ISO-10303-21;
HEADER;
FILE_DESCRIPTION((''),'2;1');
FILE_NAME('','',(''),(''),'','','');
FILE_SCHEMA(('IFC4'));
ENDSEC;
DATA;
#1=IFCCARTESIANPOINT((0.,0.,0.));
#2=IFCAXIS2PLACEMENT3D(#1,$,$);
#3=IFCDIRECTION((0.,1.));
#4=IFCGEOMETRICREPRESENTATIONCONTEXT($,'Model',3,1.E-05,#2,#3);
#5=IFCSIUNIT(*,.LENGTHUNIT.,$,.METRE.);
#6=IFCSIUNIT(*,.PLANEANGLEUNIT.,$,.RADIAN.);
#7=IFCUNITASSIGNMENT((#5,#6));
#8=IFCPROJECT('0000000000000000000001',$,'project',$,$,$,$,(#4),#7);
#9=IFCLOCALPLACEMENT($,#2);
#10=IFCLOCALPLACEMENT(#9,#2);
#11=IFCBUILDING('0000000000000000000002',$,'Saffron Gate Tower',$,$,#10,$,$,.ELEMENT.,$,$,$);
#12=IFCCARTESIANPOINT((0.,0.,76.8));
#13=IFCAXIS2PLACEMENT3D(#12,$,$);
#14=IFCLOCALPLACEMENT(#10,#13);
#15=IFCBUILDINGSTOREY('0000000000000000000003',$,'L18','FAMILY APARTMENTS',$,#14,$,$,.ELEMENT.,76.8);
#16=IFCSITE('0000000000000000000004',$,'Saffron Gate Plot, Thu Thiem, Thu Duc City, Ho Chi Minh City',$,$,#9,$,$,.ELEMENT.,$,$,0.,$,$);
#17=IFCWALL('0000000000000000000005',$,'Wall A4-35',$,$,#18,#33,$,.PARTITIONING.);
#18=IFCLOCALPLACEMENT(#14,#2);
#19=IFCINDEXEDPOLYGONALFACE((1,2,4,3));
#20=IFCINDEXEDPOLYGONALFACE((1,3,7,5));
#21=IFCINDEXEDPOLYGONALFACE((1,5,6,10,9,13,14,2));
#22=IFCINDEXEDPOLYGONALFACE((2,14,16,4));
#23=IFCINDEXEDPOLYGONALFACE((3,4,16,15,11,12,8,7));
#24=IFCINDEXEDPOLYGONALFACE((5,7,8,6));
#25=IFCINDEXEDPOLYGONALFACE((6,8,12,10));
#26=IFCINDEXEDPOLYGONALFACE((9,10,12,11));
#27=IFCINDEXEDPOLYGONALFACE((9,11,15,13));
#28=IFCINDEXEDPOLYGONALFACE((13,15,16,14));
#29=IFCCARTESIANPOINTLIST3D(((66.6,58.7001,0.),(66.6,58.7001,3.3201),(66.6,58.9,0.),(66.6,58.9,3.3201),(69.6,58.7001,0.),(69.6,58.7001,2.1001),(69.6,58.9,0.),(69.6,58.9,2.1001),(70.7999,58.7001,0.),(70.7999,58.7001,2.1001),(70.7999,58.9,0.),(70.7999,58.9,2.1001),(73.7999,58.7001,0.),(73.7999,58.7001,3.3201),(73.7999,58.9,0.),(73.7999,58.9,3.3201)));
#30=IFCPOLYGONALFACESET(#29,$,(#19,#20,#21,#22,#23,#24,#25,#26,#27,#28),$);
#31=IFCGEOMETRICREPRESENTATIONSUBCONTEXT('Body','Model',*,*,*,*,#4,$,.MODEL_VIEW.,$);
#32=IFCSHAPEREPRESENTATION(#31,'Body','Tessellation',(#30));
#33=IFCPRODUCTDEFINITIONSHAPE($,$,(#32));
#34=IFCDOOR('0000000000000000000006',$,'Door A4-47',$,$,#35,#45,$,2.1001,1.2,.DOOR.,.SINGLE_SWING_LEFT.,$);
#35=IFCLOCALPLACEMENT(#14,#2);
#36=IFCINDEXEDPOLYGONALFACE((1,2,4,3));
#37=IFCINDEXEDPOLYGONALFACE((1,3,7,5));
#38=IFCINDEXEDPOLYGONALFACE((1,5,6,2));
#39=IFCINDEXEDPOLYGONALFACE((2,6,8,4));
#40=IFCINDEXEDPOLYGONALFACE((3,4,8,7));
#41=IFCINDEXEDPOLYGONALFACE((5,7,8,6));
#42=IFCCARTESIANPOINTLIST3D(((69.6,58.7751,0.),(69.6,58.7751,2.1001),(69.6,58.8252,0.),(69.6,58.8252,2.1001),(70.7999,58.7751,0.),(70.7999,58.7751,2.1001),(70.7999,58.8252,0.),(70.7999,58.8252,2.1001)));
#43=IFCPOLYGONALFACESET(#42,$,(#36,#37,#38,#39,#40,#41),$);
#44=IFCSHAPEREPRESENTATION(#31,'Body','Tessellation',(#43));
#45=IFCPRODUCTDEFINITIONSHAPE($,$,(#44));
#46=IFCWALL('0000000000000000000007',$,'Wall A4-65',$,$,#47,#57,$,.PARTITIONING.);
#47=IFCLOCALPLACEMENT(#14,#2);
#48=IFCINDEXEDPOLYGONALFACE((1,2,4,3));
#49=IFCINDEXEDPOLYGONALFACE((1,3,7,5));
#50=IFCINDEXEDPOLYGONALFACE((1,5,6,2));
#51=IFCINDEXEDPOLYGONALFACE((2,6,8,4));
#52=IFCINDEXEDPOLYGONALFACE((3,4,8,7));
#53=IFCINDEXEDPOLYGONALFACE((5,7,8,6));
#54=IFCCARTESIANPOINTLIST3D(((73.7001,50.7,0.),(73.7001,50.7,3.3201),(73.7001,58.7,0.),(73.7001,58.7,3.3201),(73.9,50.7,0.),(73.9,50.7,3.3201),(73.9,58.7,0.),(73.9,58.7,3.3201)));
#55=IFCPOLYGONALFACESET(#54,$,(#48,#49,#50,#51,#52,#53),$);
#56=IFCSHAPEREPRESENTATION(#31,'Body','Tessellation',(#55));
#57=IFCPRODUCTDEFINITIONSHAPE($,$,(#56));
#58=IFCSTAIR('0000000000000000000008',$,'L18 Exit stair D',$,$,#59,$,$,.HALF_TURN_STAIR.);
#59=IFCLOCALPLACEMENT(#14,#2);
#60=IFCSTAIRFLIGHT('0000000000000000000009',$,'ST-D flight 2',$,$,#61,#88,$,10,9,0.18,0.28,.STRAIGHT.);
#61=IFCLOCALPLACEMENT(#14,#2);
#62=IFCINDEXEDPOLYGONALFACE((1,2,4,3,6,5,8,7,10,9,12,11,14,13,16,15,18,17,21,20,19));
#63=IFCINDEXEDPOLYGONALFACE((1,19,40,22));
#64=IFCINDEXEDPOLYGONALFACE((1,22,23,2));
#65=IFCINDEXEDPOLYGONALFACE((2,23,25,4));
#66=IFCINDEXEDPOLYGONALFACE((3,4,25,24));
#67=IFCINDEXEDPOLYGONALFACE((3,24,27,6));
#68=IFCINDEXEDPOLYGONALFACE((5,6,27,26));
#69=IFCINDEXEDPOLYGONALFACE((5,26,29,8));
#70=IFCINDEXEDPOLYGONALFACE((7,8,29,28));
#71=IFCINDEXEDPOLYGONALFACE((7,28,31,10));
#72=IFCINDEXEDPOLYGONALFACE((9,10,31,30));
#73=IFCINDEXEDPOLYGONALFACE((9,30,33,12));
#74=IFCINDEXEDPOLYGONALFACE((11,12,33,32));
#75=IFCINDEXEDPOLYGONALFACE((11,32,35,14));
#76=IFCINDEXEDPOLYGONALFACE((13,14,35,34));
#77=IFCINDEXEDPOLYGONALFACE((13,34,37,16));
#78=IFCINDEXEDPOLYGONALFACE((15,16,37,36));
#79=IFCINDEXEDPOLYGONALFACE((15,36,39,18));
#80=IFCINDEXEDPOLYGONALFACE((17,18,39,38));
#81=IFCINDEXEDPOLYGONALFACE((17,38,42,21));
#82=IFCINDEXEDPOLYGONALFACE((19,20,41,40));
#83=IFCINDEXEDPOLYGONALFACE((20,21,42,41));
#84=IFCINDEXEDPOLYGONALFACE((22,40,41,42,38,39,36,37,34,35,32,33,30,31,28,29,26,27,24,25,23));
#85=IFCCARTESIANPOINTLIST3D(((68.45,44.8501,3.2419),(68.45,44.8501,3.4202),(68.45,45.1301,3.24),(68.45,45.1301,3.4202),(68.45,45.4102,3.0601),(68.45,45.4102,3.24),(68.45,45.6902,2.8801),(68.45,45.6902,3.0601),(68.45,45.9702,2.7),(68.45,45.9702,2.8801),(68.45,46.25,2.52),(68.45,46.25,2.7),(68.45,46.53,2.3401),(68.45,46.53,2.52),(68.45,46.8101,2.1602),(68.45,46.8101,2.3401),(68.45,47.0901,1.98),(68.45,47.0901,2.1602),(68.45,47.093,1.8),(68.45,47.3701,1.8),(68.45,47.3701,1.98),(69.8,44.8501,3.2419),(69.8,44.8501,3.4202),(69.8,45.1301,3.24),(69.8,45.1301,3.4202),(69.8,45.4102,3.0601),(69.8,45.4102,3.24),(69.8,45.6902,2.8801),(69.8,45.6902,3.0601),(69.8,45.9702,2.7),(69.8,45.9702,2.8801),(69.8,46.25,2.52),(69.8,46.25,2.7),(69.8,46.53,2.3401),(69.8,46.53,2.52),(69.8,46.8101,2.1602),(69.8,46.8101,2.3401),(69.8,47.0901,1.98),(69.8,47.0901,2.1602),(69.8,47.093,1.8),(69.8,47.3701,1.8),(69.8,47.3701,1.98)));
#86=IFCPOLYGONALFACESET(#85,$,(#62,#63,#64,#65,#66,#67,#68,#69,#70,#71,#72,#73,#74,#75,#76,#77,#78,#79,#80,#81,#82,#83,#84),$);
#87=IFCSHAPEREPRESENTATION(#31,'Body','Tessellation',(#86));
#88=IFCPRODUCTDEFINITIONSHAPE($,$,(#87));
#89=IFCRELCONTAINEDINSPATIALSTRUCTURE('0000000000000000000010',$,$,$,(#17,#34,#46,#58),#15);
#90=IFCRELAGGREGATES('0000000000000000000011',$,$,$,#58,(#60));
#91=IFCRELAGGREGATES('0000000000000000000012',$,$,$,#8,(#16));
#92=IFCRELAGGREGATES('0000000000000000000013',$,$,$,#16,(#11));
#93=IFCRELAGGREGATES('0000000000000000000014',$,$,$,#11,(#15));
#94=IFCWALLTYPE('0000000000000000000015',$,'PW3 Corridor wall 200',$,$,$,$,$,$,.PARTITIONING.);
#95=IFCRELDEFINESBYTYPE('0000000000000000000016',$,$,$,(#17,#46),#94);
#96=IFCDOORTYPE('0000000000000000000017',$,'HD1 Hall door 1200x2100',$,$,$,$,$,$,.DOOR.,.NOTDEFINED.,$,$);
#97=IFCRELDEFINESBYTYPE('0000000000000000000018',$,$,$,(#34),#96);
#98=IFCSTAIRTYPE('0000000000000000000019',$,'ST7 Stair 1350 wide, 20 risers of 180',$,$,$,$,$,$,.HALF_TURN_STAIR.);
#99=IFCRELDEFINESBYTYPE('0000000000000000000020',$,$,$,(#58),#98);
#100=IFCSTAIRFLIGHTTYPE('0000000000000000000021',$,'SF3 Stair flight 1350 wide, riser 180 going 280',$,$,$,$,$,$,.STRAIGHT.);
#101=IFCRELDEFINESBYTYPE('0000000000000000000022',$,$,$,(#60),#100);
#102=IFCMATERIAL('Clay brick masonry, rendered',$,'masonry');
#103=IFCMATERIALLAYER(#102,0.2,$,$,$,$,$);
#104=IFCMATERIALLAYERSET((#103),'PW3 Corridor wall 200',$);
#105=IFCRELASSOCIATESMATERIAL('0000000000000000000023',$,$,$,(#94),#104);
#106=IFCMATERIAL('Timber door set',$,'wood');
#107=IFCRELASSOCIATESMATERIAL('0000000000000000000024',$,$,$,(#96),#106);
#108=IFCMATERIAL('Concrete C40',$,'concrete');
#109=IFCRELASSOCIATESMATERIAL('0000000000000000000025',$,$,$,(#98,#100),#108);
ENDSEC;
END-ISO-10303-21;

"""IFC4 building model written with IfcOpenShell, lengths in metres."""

from ifc_helpers import new_model, si_unit, direction, frame, frame_2d, origin, place, context, subcontext, project, spatial, polyline, rectangle, outline, extrude, material, layer, layer_set, type_object, element, fill, aggregate, save


model = new_model("IFC4")

# Units and contexts
model_context = context("Model", 3, precision=1e-05, world=origin(), true_north=direction((0.0, 1.0)))
body_context = subcontext(model_context, "Body", "Model", "MODEL_VIEW")
ifc_project = project(units=[si_unit("LENGTHUNIT", "METRE"), si_unit("PLANEANGLEUNIT", "RADIAN")], contexts=[model_context])

# Site, building, storey
site_placement = place(None, origin())
site = spatial("IfcSite", under=ifc_project, at=site_placement, Name="Saffron Gate Plot, Thu Thiem, Thu Duc City, Ho Chi Minh City", CompositionType="ELEMENT", RefElevation=0.0)
building_placement = place(site_placement, origin())
building = spatial("IfcBuilding", under=site, at=building_placement, Name="Saffron Gate Tower", CompositionType="ELEMENT")
storey_placement = place(building_placement, frame((0.0, 0.0, 76.8)))
storey = spatial("IfcBuildingStorey", under=building, at=storey_placement, Name="L18", Description="FAMILY APARTMENTS", CompositionType="ELEMENT", Elevation=76.8)

# Wall, opening, door
ifc_material_1 = material(Name="Clay brick masonry, rendered", Category="masonry")
ifc_layer_1 = layer(ifc_material_1, 0.2)
ifc_layer_set_1 = layer_set([ifc_layer_1], Name="PW3 Corridor wall 200")
wall_type_1 = type_object("IfcWallType", Name="PW3 Corridor wall 200", PredefinedType="PARTITIONING", material=ifc_layer_set_1)
wall_1_placement = place(storey_placement, frame((73.8, 58.8, 0.0), z_axis=(0.0, 0.0, 1.0), x_axis=(-1.0, 0.0, 0.0)))
wall_1 = element("IfcWall", 1, at=wall_1_placement, inside=storey, type_object=wall_type_1, Name="Wall A4-35", PredefinedType="PARTITIONING", context=body_context, shape_type="SweptSolid", body=[
    extrude(rectangle(XDim=7.2, YDim=0.2, at=frame_2d((3.6001, 0.0))), origin(), (0.0, 0.0, 1.0), 3.3201),
])
opening_1_placement = place(wall_1_placement, frame((3.0, 0.0, 0.0)))
opening_1 = element("IfcOpeningElement", 2, at=opening_1_placement, cuts=wall_1, PredefinedType="OPENING", context=body_context, shape_type="SweptSolid", body=[
    extrude(rectangle(XDim=1.2, YDim=2.1001, at=frame_2d((0.6001, 1.05))), frame((0.0, 0.1099, 0.0), z_axis=(0.0, -1.0, 0.0), x_axis=(1.0, 0.0, 0.0)), (0.0, 0.0, 1.0), 0.22),
])
ifc_material_2 = material(Name="Timber door set", Category="wood")
door_type_1 = type_object("IfcDoorType", Name="HD1 Hall door 1200x2100", OperationType="NOTDEFINED", PredefinedType="DOOR", material=ifc_material_2)
door_1_placement = place(opening_1_placement, origin())
door_1 = element("IfcDoor", 3, at=door_1_placement, inside=storey, type_object=door_type_1, Name="Door A4-47", OperationType="SINGLE_SWING_LEFT", OverallHeight=2.1001, OverallWidth=1.2, PredefinedType="DOOR", context=body_context, shape_type="SweptSolid", body=[
    extrude(rectangle(XDim=1.2, YDim=2.1001, at=frame_2d((0.6001, 1.05))), frame((0.0, 0.0249, 0.0), z_axis=(0.0, -1.0, 0.0), x_axis=(1.0, 0.0, 0.0)), (0.0, 0.0, 1.0), 0.05),
])
fill(opening_1, door_1)

# Wall
wall_2_placement = place(storey_placement, frame((73.8, 58.7, 0.0), z_axis=(0.0, 0.0, 1.0), x_axis=(0.0, -1.0, 0.0)))
element("IfcWall", 4, at=wall_2_placement, inside=storey, type_object=wall_type_1, Name="Wall A4-65", PredefinedType="PARTITIONING", context=body_context, shape_type="SweptSolid", body=[
    extrude(rectangle(XDim=8.0, YDim=0.2, at=frame_2d((4.0, 0.0))), origin(), (0.0, 0.0, 1.0), 3.3201),
])

# Stair, stair flight
ifc_material_3 = material(Name="Concrete C40", Category="concrete")
stair_type = type_object("IfcStairType", Name="ST7 Stair 1350 wide, 20 risers of 180", PredefinedType="HALF_TURN_STAIR", material=ifc_material_3)
stair_placement = place(storey_placement, origin())
stair = element("IfcStair", 5, at=stair_placement, inside=storey, type_object=stair_type, Name="L18 Exit stair D", PredefinedType="HALF_TURN_STAIR")
stair_flight_type = type_object("IfcStairFlightType", Name="SF3 Stair flight 1350 wide, riser 180 going 280", PredefinedType="STRAIGHT", material=ifc_material_3)
stair_flight_placement = place(storey_placement, frame((69.125, 47.3701, 1.8), z_axis=(0.0, 0.0, 1.0), x_axis=(0.0, -1.0, 0.0)))
stair_flight = element("IfcStairFlight", 6, at=stair_flight_placement, type_object=stair_flight_type, Name="ST-D flight 2", NumberOfRisers=10, NumberOfTreads=9, PredefinedType="STRAIGHT", RiserHeight=0.18, TreadLength=0.28, context=body_context, shape_type="SweptSolid", body=[
    extrude(outline(polyline([(0.0, 0.0), (0.0, 0.1799), (0.28, 0.1799), (0.28, 0.3601), (0.5601, 0.3601), (0.5601, 0.54), (0.8401, 0.54), (0.8401, 0.72), (1.1201, 0.72), (1.1201, 0.8999), (1.3999, 0.8999), (1.3999, 1.0801), (1.6799, 1.0801), (1.6799, 1.26), (1.96, 1.26), (1.96, 1.4399), (2.24, 1.4399), (2.24, 1.6201), (2.52, 1.6201), (2.52, 1.8), (2.52, 1.4419), (0.2771, 0.0), (0.0, 0.0)])), frame((0.0, 0.675, 0.0), z_axis=(0.0, -1.0, 0.0), x_axis=(1.0, 0.0, 0.0)), (0.0, 0.0, 1.0), 1.3501),
])
aggregate(stair, [stair_flight])

save(model, "model.ifc")
